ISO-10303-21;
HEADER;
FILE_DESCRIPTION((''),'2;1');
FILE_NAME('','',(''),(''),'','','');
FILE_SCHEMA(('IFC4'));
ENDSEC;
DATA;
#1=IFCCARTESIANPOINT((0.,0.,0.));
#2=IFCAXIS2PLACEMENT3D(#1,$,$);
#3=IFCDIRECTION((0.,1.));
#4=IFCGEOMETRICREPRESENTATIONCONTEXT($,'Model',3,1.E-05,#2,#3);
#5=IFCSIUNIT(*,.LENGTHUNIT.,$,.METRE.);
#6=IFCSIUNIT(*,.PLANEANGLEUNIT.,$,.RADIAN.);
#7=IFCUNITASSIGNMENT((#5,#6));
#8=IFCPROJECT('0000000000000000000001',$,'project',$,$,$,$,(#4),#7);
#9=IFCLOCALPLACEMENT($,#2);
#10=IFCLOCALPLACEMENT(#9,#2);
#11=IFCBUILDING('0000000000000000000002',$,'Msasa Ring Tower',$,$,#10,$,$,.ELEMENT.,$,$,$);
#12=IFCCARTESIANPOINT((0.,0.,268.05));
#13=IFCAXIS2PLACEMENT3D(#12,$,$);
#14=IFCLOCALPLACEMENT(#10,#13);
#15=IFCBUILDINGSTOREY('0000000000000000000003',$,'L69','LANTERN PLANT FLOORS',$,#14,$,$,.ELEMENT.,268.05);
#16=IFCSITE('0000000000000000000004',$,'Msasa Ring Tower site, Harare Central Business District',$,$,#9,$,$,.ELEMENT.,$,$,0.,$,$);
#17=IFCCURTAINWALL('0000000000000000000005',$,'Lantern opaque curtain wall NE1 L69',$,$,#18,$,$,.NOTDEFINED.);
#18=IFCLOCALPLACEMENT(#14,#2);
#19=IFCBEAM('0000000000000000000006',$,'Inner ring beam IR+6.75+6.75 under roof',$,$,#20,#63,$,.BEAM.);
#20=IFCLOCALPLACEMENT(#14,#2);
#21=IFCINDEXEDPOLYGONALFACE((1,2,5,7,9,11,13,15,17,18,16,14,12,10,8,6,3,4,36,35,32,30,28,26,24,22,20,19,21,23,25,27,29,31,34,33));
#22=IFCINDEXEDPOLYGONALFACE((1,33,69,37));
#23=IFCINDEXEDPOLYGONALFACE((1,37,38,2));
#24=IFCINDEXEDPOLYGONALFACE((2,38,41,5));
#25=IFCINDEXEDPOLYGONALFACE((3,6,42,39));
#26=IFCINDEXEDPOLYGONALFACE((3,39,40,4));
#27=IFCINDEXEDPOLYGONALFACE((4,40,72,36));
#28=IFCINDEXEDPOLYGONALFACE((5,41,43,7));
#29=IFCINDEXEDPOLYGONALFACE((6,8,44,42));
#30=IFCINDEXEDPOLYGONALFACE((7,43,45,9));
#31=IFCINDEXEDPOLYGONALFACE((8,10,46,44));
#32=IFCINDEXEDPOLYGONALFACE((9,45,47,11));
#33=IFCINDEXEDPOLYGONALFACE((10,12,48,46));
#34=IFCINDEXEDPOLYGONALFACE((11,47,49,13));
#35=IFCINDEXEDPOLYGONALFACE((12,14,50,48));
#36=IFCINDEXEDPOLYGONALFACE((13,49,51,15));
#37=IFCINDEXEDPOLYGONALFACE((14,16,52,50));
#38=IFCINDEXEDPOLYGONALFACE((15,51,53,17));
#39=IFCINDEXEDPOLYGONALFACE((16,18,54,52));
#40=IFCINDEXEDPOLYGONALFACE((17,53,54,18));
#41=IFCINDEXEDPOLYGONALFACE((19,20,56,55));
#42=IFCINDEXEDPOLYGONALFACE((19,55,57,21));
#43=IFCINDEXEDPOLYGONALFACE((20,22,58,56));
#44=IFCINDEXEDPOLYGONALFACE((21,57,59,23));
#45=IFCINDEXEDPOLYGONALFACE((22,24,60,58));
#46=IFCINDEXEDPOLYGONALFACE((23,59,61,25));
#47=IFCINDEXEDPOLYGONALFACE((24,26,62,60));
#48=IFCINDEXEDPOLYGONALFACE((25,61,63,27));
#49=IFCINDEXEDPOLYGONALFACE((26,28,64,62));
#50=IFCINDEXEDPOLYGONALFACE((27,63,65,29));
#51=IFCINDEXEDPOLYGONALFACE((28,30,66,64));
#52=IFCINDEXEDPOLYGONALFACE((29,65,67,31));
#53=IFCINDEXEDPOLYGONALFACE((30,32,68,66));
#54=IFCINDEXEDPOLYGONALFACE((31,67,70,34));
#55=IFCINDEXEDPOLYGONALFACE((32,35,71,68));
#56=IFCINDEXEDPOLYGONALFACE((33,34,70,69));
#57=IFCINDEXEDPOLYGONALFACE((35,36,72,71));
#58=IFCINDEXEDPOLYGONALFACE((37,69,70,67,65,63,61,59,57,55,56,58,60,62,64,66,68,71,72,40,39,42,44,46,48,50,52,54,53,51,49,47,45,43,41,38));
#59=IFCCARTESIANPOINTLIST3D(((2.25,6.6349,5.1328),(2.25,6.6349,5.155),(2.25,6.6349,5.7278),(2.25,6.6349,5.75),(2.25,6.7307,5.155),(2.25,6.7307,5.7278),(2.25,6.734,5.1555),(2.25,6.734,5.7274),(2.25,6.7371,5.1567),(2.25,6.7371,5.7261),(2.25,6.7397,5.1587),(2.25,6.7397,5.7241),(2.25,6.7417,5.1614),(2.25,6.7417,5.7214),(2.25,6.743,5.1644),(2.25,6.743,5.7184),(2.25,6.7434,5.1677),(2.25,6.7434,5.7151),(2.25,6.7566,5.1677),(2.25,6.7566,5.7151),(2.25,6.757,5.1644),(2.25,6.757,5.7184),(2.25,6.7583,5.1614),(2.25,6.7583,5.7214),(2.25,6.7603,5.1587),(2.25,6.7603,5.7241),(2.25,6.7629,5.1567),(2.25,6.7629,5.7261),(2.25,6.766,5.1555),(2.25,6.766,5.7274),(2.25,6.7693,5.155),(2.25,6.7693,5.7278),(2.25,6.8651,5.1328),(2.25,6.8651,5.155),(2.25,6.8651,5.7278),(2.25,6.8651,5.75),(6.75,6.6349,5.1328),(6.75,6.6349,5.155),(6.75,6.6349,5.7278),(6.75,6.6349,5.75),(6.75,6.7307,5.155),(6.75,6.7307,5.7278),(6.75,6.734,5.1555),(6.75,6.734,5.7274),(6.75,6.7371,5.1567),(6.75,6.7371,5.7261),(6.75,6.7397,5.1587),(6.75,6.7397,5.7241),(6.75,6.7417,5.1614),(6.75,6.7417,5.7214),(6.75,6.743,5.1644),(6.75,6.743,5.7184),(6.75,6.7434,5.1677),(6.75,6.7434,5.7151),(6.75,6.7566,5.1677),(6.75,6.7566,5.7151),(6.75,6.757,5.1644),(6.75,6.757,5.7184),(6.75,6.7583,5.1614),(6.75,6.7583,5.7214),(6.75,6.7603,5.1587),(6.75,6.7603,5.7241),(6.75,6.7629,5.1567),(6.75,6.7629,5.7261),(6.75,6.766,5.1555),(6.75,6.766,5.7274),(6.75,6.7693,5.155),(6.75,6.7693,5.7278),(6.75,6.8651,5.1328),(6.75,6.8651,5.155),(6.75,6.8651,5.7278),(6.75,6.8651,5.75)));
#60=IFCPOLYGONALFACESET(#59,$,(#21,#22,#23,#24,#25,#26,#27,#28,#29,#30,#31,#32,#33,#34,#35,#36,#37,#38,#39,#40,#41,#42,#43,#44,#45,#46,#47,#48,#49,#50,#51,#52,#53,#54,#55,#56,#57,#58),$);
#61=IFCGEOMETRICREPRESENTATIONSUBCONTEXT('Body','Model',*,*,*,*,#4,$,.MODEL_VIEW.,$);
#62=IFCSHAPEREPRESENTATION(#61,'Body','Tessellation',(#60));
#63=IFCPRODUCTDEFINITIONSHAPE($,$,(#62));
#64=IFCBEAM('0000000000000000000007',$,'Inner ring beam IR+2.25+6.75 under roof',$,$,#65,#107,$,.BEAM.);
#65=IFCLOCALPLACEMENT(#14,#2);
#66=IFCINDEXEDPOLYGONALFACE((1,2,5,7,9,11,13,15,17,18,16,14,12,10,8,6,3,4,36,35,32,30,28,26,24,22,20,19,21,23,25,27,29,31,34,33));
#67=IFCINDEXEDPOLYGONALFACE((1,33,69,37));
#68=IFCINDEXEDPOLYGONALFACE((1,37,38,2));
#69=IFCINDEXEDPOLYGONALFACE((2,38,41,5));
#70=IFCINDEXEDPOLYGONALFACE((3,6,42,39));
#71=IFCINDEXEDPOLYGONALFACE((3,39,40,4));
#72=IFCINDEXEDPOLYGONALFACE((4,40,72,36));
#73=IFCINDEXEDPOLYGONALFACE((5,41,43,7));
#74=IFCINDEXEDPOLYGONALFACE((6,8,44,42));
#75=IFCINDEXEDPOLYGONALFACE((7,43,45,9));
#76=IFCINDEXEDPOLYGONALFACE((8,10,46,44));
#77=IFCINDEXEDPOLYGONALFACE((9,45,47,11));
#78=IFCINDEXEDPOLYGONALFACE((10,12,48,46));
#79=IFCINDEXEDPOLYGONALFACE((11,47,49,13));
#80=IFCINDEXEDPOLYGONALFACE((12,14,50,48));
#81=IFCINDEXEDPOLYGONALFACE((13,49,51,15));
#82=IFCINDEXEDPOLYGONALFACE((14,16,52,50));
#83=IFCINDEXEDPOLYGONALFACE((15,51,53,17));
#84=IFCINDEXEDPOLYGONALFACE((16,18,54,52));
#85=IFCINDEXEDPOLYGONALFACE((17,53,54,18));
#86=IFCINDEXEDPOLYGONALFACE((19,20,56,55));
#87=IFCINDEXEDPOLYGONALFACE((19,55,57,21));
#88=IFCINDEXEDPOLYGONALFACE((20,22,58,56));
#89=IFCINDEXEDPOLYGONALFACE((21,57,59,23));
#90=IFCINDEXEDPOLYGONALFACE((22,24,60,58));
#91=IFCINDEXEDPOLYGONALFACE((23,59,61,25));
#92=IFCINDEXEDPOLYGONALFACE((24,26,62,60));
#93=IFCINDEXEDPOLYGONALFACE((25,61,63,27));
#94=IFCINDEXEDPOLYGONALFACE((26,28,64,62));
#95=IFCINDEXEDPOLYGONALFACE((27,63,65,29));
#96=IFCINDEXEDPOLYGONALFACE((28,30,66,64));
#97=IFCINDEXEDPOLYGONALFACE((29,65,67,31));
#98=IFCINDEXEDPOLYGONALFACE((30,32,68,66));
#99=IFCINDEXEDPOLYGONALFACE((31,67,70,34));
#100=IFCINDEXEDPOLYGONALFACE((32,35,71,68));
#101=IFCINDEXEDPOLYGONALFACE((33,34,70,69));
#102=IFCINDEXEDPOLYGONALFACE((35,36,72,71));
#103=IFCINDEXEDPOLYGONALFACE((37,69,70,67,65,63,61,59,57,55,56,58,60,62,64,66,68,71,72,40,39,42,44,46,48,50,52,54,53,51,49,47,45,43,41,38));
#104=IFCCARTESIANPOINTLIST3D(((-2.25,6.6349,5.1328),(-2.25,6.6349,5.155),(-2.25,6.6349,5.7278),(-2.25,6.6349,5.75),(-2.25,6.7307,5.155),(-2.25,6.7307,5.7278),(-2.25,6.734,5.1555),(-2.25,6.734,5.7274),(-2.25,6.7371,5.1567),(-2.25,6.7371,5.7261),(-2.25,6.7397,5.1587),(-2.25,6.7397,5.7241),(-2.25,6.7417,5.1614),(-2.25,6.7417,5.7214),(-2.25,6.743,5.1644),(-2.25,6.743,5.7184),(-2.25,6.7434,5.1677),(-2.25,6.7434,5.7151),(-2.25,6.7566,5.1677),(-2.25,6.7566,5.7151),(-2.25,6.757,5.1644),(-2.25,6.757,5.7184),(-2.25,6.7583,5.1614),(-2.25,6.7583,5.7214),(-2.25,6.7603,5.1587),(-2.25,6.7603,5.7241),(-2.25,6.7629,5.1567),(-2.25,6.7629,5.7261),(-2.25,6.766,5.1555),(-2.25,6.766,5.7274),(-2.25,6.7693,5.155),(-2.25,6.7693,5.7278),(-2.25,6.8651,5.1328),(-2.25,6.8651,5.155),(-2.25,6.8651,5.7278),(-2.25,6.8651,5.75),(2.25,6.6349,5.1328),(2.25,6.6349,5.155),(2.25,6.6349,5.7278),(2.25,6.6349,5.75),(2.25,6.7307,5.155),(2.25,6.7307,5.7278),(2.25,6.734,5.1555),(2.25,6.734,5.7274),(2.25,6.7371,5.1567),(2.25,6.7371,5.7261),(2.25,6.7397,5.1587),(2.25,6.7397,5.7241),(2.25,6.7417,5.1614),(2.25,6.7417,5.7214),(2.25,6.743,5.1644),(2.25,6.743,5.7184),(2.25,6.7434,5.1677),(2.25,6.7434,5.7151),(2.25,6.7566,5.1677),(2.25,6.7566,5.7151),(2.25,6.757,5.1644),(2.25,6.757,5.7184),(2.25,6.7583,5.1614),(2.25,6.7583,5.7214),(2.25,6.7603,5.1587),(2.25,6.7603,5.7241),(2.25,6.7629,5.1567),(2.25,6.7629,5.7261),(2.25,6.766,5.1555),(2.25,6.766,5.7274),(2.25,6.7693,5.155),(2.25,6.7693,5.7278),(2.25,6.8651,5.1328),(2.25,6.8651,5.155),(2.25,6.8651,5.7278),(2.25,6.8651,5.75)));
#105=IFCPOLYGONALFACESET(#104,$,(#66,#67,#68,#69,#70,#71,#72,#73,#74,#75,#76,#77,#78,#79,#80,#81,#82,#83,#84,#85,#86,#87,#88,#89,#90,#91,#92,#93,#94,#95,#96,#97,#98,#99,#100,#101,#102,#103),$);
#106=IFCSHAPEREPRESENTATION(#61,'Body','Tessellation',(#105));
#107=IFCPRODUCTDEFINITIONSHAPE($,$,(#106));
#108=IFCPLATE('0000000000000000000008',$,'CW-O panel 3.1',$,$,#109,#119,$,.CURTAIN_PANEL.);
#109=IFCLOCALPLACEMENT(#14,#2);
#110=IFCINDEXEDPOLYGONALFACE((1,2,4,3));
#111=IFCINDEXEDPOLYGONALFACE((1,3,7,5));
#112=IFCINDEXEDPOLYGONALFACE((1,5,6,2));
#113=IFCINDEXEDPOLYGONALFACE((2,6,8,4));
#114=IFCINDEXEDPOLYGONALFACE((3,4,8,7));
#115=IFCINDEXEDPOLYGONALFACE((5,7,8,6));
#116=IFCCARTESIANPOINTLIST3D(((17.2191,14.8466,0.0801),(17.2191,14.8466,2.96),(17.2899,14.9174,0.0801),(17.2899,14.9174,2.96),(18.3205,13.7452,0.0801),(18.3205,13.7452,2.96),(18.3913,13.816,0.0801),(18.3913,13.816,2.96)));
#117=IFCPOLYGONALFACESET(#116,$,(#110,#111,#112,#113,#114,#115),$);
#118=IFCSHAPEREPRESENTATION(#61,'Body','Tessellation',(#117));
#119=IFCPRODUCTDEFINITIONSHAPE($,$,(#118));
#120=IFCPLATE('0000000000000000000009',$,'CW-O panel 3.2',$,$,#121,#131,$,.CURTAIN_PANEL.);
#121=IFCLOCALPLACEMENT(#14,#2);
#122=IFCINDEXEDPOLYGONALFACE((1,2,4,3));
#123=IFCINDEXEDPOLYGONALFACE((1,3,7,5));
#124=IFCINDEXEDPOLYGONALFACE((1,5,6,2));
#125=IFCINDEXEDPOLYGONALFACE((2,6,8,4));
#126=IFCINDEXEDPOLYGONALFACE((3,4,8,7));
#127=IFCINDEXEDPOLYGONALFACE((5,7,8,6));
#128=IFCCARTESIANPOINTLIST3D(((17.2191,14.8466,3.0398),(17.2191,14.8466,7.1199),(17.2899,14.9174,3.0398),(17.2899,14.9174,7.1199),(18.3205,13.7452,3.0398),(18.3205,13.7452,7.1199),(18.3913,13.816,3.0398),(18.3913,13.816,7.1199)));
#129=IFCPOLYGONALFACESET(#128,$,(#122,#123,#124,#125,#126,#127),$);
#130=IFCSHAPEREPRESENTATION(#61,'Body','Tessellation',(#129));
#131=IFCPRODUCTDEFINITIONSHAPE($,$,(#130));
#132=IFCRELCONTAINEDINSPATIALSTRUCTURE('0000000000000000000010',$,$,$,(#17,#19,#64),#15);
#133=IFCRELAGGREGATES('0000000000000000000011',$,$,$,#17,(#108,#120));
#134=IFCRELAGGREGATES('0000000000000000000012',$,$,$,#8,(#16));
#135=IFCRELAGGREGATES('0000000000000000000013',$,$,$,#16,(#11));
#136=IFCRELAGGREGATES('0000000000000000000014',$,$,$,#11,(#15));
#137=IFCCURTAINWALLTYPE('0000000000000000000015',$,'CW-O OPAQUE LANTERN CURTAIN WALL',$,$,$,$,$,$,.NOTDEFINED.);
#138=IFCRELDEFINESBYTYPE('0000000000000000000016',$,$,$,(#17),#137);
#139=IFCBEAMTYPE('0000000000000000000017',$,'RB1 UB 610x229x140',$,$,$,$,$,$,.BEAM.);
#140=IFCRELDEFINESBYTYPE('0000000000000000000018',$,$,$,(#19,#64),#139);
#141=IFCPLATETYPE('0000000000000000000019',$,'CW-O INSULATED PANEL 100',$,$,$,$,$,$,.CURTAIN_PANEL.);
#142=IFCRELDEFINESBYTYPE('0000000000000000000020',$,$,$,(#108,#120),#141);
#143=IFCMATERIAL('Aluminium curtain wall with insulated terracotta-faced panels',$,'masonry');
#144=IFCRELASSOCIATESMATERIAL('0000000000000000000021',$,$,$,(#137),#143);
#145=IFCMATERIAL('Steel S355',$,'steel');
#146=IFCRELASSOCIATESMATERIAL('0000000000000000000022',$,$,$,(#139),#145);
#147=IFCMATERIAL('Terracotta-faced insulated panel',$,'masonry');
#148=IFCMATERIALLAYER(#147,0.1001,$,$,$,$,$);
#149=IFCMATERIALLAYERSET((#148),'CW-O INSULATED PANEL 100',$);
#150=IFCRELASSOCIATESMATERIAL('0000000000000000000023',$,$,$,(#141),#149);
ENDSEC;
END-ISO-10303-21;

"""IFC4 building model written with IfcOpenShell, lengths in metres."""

from ifc_helpers import new_model, si_unit, direction, frame, origin, origin_2d, place, context, subcontext, project, spatial, rectangle, i_section, extrude, material, layer, layer_set, material_profile, profile_set, type_object, element, aggregate, save


model = new_model("IFC4")

# Units and contexts
model_context = context("Model", 3, precision=1e-05, world=origin(), true_north=direction((0.0, 1.0)))
body_context = subcontext(model_context, "Body", "Model", "MODEL_VIEW")
ifc_project = project(units=[si_unit("LENGTHUNIT", "METRE"), si_unit("PLANEANGLEUNIT", "RADIAN")], contexts=[model_context])

# Site, building, storey
site_placement = place(None, origin())
site = spatial("IfcSite", under=ifc_project, at=site_placement, Name="Msasa Ring Tower site, Harare Central Business District", CompositionType="ELEMENT", RefElevation=0.0)
building_placement = place(site_placement, origin())
building = spatial("IfcBuilding", under=site, at=building_placement, Name="Msasa Ring Tower", CompositionType="ELEMENT")
storey_placement = place(building_placement, frame((0.0, 0.0, 268.05)))
storey = spatial("IfcBuildingStorey", under=building, at=storey_placement, Name="L69", Description="LANTERN PLANT FLOORS", CompositionType="ELEMENT", Elevation=268.05)

# Curtain wall
ifc_material_1 = material(Name="Aluminium curtain wall with insulated terracotta-faced panels", Category="masonry")
curtain_wall_type = type_object("IfcCurtainWallType", Name="CW-O OPAQUE LANTERN CURTAIN WALL", PredefinedType="NOTDEFINED", material=ifc_material_1)
curtain_wall_placement = place(storey_placement, origin())
curtain_wall = element("IfcCurtainWall", 1, at=curtain_wall_placement, inside=storey, type_object=curtain_wall_type, Name="Lantern opaque curtain wall NE1 L69", PredefinedType="NOTDEFINED")

# Beams
ifc_material_2 = material(Name="Steel S355", Category="steel")
ifc_material_profile_1 = material_profile(ifc_material_2, i_section(OverallWidth=0.2302, OverallDepth=0.6172, WebThickness=0.0132, FlangeThickness=0.0222, FilletRadius=0.0127, at=origin_2d()), Name="UB 610x229x140")
ifc_profile_set_1 = profile_set([ifc_material_profile_1], Name="Steel S355")
beam_type_1 = type_object("IfcBeamType", Name="RB1 UB 610x229x140", PredefinedType="BEAM", material=ifc_profile_set_1)
for number, where, z_axis, x_axis, name in (
    (2, (6.75, 6.75, 5.4414), (-1.0, 0.0, 0.0), (0.0, -1.0, 0.0), "Inner ring beam IR+6.75+6.75 under roof"),
    (3, (2.25, 6.75, 5.4414), (-1.0, 0.0, 0.0), (0.0, -1.0, 0.0), "Inner ring beam IR+2.25+6.75 under roof"),
):
    element("IfcBeam", number, at=place(storey_placement, frame(where, z_axis=z_axis, x_axis=x_axis)), inside=storey, type_object=beam_type_1, Name=name, PredefinedType="BEAM", context=body_context, shape_type="SweptSolid", body=[
        extrude(i_section(OverallWidth=0.2302, OverallDepth=0.6172, WebThickness=0.0132, FlangeThickness=0.0222, FilletRadius=0.0127, at=origin_2d()), origin(), (0.0, 0.0, 1.0), 4.5),
    ])

# Plates
ifc_material_3 = material(Name="Terracotta-faced insulated panel", Category="masonry")
ifc_layer_1 = layer(ifc_material_3, 0.1001)
ifc_layer_set_1 = layer_set([ifc_layer_1], Name="CW-O INSULATED PANEL 100")
plate_type = type_object("IfcPlateType", Name="CW-O INSULATED PANEL 100", PredefinedType="CURTAIN_PANEL", material=ifc_layer_set_1)
plate_1_placement = place(storey_placement, frame((17.8052, 14.3313, 0.0801), z_axis=(0.0, 0.0, 1.0), x_axis=(-0.707107, 0.707107, 0.0)))
plate_1 = element("IfcPlate", 4, at=plate_1_placement, type_object=plate_type, Name="CW-O panel 3.1", PredefinedType="CURTAIN_PANEL", context=body_context, shape_type="SweptSolid", body=[
    extrude(rectangle(XDim=1.5576, YDim=0.1001, at=origin_2d()), origin(), (0.0, 0.0, 1.0), 2.8799),
])
plate_2_placement = place(storey_placement, frame((17.8052, 14.3313, 3.0398), z_axis=(0.0, 0.0, 1.0), x_axis=(-0.707107, 0.707107, 0.0)))
plate_2 = element("IfcPlate", 5, at=plate_2_placement, type_object=plate_type, Name="CW-O panel 3.2", PredefinedType="CURTAIN_PANEL", context=body_context, shape_type="SweptSolid", body=[
    extrude(rectangle(XDim=1.5576, YDim=0.1001, at=origin_2d()), origin(), (0.0, 0.0, 1.0), 4.0801),
])
aggregate(curtain_wall, [plate_1, plate_2])

save(model, "model.ifc")
